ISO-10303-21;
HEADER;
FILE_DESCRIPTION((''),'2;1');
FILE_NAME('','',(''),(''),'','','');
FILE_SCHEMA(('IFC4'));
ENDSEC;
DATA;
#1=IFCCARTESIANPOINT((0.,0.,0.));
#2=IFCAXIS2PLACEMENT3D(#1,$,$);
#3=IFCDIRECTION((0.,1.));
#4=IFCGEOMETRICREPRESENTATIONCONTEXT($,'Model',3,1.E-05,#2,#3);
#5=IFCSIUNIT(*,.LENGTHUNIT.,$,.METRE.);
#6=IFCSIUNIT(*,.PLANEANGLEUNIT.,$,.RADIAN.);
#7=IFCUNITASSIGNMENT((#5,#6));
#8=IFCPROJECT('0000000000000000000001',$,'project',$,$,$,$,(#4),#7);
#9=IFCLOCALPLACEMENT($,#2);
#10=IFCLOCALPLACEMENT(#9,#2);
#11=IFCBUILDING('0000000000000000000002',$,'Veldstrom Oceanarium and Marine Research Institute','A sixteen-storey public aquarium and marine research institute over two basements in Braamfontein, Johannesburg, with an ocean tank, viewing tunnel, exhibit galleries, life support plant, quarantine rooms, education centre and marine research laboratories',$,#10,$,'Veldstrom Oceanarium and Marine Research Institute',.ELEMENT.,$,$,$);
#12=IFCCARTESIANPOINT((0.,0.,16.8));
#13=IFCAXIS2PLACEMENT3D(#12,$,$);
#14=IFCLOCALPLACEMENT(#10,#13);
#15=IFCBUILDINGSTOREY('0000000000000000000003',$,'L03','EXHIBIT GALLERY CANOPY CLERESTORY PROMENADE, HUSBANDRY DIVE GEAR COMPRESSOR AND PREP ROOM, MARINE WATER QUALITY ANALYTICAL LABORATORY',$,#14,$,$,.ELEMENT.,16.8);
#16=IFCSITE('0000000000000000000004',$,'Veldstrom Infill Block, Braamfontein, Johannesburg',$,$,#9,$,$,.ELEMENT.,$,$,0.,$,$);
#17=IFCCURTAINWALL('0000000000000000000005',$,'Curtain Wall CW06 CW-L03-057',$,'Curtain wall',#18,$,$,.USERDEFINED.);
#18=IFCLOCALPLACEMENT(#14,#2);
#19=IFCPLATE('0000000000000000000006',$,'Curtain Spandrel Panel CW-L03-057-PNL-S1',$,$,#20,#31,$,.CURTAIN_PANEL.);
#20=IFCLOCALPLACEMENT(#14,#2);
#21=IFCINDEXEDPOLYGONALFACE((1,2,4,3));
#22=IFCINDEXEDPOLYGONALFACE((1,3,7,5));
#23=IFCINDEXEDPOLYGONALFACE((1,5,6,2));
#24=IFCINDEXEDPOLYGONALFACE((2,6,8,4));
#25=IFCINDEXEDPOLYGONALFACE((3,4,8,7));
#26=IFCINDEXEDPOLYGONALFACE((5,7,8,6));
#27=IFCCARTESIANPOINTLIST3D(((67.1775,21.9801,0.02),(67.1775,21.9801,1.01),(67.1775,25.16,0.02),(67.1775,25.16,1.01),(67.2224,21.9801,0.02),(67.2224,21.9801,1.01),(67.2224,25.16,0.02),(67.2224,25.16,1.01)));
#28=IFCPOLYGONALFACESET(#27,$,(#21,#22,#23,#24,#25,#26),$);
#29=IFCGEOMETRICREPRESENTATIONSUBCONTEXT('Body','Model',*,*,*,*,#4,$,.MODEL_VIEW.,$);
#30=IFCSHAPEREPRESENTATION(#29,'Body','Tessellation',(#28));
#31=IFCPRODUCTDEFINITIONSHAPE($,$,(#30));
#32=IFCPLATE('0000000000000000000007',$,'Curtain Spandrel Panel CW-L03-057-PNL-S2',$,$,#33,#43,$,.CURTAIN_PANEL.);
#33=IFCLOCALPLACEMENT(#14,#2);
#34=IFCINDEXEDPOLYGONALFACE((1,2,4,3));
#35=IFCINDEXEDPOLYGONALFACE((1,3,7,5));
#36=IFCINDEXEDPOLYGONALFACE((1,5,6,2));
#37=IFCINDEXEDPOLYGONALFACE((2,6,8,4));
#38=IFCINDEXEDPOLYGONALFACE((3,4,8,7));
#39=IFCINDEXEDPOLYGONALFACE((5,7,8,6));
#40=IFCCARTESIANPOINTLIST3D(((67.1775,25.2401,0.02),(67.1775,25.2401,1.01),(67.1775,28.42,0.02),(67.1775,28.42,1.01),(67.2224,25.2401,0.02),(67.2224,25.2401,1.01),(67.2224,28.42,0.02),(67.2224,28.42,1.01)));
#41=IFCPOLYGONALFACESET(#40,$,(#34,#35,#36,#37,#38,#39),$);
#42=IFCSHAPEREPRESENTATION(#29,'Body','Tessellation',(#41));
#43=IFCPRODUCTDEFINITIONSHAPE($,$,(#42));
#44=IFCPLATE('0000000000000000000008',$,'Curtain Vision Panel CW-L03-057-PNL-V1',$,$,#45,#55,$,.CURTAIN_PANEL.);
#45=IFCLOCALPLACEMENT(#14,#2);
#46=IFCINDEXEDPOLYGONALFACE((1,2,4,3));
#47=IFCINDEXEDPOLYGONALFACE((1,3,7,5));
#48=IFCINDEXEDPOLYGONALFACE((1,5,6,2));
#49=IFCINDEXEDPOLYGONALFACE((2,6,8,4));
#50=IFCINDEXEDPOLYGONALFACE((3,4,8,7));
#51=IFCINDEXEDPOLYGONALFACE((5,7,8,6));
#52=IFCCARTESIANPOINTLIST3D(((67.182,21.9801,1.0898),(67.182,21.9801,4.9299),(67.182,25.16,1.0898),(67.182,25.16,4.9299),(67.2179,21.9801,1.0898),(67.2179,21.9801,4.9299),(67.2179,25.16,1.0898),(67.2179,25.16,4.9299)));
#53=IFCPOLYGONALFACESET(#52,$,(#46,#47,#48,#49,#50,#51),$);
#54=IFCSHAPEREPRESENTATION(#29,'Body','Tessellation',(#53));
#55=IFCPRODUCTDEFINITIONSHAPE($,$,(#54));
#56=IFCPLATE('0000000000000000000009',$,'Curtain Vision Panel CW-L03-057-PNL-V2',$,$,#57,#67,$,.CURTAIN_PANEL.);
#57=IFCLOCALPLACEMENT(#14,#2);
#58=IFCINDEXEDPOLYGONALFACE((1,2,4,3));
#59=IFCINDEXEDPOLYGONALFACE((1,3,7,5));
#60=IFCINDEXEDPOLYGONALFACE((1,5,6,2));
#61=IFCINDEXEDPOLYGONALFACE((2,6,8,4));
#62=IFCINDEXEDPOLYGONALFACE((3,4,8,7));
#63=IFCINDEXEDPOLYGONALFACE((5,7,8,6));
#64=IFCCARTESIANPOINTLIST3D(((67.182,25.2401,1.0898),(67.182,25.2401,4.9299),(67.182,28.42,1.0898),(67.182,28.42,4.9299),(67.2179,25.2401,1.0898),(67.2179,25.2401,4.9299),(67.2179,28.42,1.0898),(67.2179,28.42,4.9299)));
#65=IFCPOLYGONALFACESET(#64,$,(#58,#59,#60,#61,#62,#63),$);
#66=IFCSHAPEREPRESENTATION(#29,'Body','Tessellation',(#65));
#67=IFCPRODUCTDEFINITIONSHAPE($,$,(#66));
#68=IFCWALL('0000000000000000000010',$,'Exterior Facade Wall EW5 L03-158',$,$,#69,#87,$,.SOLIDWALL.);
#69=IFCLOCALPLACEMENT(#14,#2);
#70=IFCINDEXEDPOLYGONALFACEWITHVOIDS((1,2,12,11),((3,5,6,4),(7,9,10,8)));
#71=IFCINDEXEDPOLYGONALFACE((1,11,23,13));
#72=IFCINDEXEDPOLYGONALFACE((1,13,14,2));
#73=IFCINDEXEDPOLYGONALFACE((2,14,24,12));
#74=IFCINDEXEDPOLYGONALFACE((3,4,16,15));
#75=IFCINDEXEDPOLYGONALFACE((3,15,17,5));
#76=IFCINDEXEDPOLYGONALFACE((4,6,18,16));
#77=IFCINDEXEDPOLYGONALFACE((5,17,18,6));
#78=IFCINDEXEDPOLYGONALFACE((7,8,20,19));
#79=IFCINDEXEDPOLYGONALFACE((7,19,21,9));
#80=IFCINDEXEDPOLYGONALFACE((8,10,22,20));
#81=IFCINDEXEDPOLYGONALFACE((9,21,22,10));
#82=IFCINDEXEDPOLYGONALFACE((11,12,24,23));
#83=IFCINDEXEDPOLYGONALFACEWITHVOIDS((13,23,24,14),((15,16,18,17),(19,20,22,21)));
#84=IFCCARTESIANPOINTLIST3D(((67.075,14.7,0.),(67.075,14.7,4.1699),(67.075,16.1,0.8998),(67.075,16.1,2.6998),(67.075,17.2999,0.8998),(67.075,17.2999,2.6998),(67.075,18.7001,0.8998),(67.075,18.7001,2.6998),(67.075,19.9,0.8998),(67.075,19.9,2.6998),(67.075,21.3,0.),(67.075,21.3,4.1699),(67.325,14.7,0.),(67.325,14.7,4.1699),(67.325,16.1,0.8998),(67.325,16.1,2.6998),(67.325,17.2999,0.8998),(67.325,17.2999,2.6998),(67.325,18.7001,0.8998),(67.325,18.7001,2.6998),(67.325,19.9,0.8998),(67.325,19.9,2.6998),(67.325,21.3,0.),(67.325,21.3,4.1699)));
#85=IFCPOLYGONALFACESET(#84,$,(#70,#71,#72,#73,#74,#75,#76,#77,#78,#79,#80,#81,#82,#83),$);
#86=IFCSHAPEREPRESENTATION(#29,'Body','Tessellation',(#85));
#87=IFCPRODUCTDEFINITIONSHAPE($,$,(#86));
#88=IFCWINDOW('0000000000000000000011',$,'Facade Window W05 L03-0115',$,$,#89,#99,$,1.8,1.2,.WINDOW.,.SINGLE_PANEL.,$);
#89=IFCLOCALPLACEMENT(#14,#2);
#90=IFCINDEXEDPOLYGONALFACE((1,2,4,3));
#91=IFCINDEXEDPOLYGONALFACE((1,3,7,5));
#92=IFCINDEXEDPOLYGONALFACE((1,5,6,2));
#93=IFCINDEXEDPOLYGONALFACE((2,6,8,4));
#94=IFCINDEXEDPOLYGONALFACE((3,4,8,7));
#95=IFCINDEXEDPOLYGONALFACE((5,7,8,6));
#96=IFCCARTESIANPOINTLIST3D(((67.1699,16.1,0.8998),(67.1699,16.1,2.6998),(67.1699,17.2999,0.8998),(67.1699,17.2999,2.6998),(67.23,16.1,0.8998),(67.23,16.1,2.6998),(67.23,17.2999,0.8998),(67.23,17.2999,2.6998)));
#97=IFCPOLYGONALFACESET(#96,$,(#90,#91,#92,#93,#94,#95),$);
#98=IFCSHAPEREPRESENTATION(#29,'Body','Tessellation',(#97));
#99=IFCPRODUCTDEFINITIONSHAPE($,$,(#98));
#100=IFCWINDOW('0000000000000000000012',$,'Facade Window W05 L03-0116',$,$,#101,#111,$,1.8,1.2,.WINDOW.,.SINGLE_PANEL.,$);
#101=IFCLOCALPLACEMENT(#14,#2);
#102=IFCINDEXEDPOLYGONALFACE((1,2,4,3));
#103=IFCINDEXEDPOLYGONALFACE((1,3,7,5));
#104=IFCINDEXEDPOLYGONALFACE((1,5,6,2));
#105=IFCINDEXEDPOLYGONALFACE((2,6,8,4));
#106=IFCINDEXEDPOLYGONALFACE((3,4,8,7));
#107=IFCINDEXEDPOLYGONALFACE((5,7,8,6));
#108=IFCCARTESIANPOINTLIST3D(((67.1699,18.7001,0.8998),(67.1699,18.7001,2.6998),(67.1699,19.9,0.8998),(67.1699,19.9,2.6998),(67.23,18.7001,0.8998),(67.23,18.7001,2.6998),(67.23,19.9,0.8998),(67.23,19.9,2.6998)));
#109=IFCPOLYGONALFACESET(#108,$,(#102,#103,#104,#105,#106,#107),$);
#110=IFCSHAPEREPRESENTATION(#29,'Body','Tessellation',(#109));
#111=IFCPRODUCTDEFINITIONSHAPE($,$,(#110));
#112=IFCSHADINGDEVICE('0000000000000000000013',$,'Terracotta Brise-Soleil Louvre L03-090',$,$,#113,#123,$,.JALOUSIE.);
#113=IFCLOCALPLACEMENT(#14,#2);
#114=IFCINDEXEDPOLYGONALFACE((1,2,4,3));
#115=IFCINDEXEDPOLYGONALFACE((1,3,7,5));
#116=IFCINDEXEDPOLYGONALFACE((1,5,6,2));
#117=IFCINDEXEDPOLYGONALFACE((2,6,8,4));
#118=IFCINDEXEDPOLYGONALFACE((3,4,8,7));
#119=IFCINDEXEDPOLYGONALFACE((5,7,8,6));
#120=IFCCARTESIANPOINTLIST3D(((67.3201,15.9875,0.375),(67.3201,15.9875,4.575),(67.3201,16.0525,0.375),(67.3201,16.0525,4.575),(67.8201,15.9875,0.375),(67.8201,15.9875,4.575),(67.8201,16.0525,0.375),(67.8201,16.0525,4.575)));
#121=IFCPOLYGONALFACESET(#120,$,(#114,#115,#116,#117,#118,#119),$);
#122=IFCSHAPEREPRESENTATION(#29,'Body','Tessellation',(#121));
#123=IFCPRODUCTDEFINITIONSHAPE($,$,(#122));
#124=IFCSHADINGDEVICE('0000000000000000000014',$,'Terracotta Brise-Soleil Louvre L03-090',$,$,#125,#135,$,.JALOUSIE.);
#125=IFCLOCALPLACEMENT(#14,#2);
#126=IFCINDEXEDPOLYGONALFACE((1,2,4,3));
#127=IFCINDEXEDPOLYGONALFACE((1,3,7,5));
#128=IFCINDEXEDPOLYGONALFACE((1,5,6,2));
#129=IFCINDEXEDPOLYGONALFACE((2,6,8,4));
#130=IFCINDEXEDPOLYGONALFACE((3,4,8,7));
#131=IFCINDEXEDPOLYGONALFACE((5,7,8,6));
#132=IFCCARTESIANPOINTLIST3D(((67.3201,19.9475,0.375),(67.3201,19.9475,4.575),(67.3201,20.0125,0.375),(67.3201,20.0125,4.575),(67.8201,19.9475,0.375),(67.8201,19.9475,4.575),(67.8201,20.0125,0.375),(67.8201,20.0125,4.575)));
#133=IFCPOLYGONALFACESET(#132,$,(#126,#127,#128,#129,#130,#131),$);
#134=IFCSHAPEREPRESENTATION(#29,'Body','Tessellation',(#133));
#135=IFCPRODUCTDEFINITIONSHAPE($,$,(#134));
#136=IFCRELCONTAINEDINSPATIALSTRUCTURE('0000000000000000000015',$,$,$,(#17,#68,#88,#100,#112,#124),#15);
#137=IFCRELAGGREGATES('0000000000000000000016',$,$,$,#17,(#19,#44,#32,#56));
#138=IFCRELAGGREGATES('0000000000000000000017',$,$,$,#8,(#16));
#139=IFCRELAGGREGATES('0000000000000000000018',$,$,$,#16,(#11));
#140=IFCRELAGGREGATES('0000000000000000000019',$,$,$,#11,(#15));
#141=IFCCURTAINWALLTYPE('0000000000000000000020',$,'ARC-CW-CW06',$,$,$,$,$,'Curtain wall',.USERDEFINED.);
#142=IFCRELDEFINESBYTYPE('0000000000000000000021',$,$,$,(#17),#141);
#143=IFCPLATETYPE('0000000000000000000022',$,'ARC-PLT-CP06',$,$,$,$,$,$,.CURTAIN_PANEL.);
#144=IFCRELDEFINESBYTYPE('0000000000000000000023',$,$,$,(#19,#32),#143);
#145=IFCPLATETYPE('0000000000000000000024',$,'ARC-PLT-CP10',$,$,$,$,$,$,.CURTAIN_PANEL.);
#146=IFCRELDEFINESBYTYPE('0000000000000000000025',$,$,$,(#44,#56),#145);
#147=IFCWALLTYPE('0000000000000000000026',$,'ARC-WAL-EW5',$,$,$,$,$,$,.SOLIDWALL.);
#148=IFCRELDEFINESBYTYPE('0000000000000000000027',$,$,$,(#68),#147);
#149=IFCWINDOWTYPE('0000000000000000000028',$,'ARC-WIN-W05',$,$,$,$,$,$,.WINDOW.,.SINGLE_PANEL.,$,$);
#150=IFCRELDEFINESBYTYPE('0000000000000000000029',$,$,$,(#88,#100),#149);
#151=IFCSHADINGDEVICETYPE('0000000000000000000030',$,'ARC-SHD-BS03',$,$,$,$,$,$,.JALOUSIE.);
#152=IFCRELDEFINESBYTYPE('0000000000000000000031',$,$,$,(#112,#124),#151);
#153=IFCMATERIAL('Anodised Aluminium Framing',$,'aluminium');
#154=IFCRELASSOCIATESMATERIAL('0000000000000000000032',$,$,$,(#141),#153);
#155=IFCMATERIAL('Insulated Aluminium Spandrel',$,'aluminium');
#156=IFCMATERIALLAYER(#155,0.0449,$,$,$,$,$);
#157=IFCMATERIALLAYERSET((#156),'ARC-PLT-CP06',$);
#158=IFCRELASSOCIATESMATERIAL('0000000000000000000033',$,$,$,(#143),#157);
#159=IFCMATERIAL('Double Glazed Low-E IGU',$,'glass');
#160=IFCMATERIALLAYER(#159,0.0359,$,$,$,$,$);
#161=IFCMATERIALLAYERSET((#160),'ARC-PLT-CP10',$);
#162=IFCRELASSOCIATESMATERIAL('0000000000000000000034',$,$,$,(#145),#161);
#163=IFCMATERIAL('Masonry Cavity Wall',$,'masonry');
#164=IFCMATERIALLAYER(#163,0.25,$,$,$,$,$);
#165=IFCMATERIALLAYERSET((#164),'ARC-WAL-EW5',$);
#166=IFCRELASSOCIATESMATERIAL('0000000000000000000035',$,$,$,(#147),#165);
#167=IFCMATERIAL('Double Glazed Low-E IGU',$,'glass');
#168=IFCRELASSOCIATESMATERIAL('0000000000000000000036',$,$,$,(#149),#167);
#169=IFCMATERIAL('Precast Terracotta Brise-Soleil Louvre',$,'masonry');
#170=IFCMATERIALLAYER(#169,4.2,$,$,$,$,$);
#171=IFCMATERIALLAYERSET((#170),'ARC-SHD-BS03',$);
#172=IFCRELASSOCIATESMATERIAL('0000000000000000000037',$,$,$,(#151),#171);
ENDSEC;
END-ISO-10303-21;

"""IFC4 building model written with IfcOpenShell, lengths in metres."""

from ifc_helpers import new_model, si_unit, direction, frame, frame_2d, origin, origin_2d, place, context, subcontext, project, spatial, rectangle, extrude, material, layer, layer_set, type_object, element, fill, aggregate, save


model = new_model("IFC4")

# Units and contexts
model_context = context("Model", 3, precision=1e-05, world=origin(), true_north=direction((0.0, 1.0)))
body_context = subcontext(model_context, "Body", "Model", "MODEL_VIEW")
ifc_project = project(units=[si_unit("LENGTHUNIT", "METRE"), si_unit("PLANEANGLEUNIT", "RADIAN")], contexts=[model_context])

# Site, building, storey
site_placement = place(None, origin())
site = spatial("IfcSite", under=ifc_project, at=site_placement, Name="Veldstrom Infill Block, Braamfontein, Johannesburg", CompositionType="ELEMENT", RefElevation=0.0)
building_placement = place(site_placement, origin())
building = spatial("IfcBuilding", under=site, at=building_placement, Name="Veldstrom Oceanarium and Marine Research Institute", Description="A sixteen-storey public aquarium and marine research institute over two basements in Braamfontein, Johannesburg, with an ocean tank, viewing tunnel, exhibit galleries, life support plant, quarantine rooms, education centre and marine research laboratories", LongName="Veldstrom Oceanarium and Marine Research Institute", CompositionType="ELEMENT")
storey_placement = place(building_placement, frame((0.0, 0.0, 16.8)))
storey = spatial("IfcBuildingStorey", under=building, at=storey_placement, Name="L03", Description="EXHIBIT GALLERY CANOPY CLERESTORY PROMENADE, HUSBANDRY DIVE GEAR COMPRESSOR AND PREP ROOM, MARINE WATER QUALITY ANALYTICAL LABORATORY", CompositionType="ELEMENT", Elevation=16.8)

# Shared definitions
ifc_material_1 = material(Name="Anodised Aluminium Framing", Category="aluminium")
curtain_wall_type = type_object("IfcCurtainWallType", Name="ARC-CW-CW06", ElementType="Curtain wall", PredefinedType="USERDEFINED", material=ifc_material_1)

# Curtain wall
curtain_wall_1_placement = place(storey_placement, origin())
curtain_wall_1 = element("IfcCurtainWall", 1, at=curtain_wall_1_placement, inside=storey, type_object=curtain_wall_type, Name="Curtain Wall CW06 CW-L03-057", ObjectType="Curtain wall", PredefinedType="USERDEFINED")

# Plates
ifc_material_2 = material(Name="Insulated Aluminium Spandrel", Category="aluminium")
ifc_layer_1 = layer(ifc_material_2, 0.0449)
ifc_layer_set_1 = layer_set([ifc_layer_1], Name="ARC-PLT-CP06")
plate_type_1 = type_object("IfcPlateType", Name="ARC-PLT-CP06", PredefinedType="CURTAIN_PANEL", material=ifc_layer_set_1)
plate_1_placement = place(storey_placement, frame((67.2, 23.5701, 0.02), z_axis=(0.0, 0.0, 1.0), x_axis=(0.0, 1.0, 0.0)))
plate_1 = element("IfcPlate", 2, at=plate_1_placement, type_object=plate_type_1, Name="Curtain Spandrel Panel CW-L03-057-PNL-S1", PredefinedType="CURTAIN_PANEL", context=body_context, shape_type="SweptSolid", body=[
    extrude(rectangle(XDim=3.1799, YDim=0.0449, at=origin_2d()), origin(), (0.0, 0.0, 1.0), 0.99),
])
plate_2_placement = place(storey_placement, frame((67.2, 26.8301, 0.02), z_axis=(0.0, 0.0, 1.0), x_axis=(0.0, 1.0, 0.0)))
plate_2 = element("IfcPlate", 3, at=plate_2_placement, type_object=plate_type_1, Name="Curtain Spandrel Panel CW-L03-057-PNL-S2", PredefinedType="CURTAIN_PANEL", context=body_context, shape_type="SweptSolid", body=[
    extrude(rectangle(XDim=3.1799, YDim=0.0449, at=origin_2d()), origin(), (0.0, 0.0, 1.0), 0.99),
])
ifc_material_3 = material(Name="Double Glazed Low-E IGU", Category="glass")
ifc_layer_2 = layer(ifc_material_3, 0.0359)
ifc_layer_set_2 = layer_set([ifc_layer_2], Name="ARC-PLT-CP10")
plate_type_2 = type_object("IfcPlateType", Name="ARC-PLT-CP10", PredefinedType="CURTAIN_PANEL", material=ifc_layer_set_2)
plate_3_placement = place(storey_placement, frame((67.2, 23.5701, 1.0898), z_axis=(0.0, 0.0, 1.0), x_axis=(0.0, 1.0, 0.0)))
plate_3 = element("IfcPlate", 4, at=plate_3_placement, type_object=plate_type_2, Name="Curtain Vision Panel CW-L03-057-PNL-V1", PredefinedType="CURTAIN_PANEL", context=body_context, shape_type="SweptSolid", body=[
    extrude(rectangle(XDim=3.1799, YDim=0.0359, at=origin_2d()), origin(), (0.0, 0.0, 1.0), 3.8401),
])
plate_4_placement = place(storey_placement, frame((67.2, 26.8301, 1.0898), z_axis=(0.0, 0.0, 1.0), x_axis=(0.0, 1.0, 0.0)))
plate_4 = element("IfcPlate", 5, at=plate_4_placement, type_object=plate_type_2, Name="Curtain Vision Panel CW-L03-057-PNL-V2", PredefinedType="CURTAIN_PANEL", context=body_context, shape_type="SweptSolid", body=[
    extrude(rectangle(XDim=3.1799, YDim=0.0359, at=origin_2d()), origin(), (0.0, 0.0, 1.0), 3.8401),
])
aggregate(curtain_wall_1, [plate_1, plate_3, plate_2, plate_4])

# Wall, openings, windows
ifc_material_4 = material(Name="Masonry Cavity Wall", Category="masonry")
ifc_layer_3 = layer(ifc_material_4, 0.25)
ifc_layer_set_3 = layer_set([ifc_layer_3], Name="ARC-WAL-EW5")
wall_type = type_object("IfcWallType", Name="ARC-WAL-EW5", PredefinedType="SOLIDWALL", material=ifc_layer_set_3)
wall_placement = place(storey_placement, frame((67.2, 14.7, 0.0), z_axis=(0.0, 0.0, 1.0), x_axis=(0.0, 1.0, 0.0)))
wall = element("IfcWall", 6, at=wall_placement, inside=storey, type_object=wall_type, Name="Exterior Facade Wall EW5 L03-158", PredefinedType="SOLIDWALL", context=body_context, shape_type="SweptSolid", body=[
    extrude(rectangle(XDim=6.6001, YDim=0.25, at=frame_2d((3.3, 0.0))), origin(), (0.0, 0.0, 1.0), 4.1699),
])
opening_1_placement = place(wall_placement, frame((1.3999, 0.0, 0.8999)))
opening_1 = element("IfcOpeningElement", 7, at=opening_1_placement, cuts=wall, PredefinedType="OPENING", context=body_context, shape_type="SweptSolid", body=[
    extrude(rectangle(XDim=1.2, YDim=1.8, at=frame_2d((0.6001, 0.8999))), frame((0.0, 0.135, 0.0), z_axis=(0.0, -1.0, 0.0), x_axis=(1.0, 0.0, 0.0)), (0.0, 0.0, 1.0), 0.27),
])
opening_2_placement = place(wall_placement, frame((4.0, 0.0, 0.8999)))
opening_2 = element("IfcOpeningElement", 8, at=opening_2_placement, cuts=wall, PredefinedType="OPENING", context=body_context, shape_type="SweptSolid", body=[
    extrude(rectangle(XDim=1.2, YDim=1.8, at=frame_2d((0.6001, 0.8999))), frame((0.0, 0.135, 0.0), z_axis=(0.0, -1.0, 0.0), x_axis=(1.0, 0.0, 0.0)), (0.0, 0.0, 1.0), 0.27),
])
ifc_material_5 = material(Name="Double Glazed Low-E IGU", Category="glass")
window_type = type_object("IfcWindowType", Name="ARC-WIN-W05", PartitioningType="SINGLE_PANEL", PredefinedType="WINDOW", material=ifc_material_5)
window_1_placement = place(opening_1_placement, origin())
window_1 = element("IfcWindow", 9, at=window_1_placement, inside=storey, type_object=window_type, Name="Facade Window W05 L03-0115", OverallHeight=1.8, OverallWidth=1.2, PartitioningType="SINGLE_PANEL", PredefinedType="WINDOW", context=body_context, shape_type="SweptSolid", body=[
    extrude(rectangle(XDim=1.2, YDim=1.8, at=frame_2d((0.6001, 0.8999))), frame((0.0, 0.03, 0.0), z_axis=(0.0, -1.0, 0.0), x_axis=(1.0, 0.0, 0.0)), (0.0, 0.0, 1.0), 0.0601),
])
fill(opening_1, window_1)
window_2_placement = place(opening_2_placement, origin())
window_2 = element("IfcWindow", 10, at=window_2_placement, inside=storey, type_object=window_type, Name="Facade Window W05 L03-0116", OverallHeight=1.8, OverallWidth=1.2, PartitioningType="SINGLE_PANEL", PredefinedType="WINDOW", context=body_context, shape_type="SweptSolid", body=[
    extrude(rectangle(XDim=1.2, YDim=1.8, at=frame_2d((0.6001, 0.8999))), frame((0.0, 0.03, 0.0), z_axis=(0.0, -1.0, 0.0), x_axis=(1.0, 0.0, 0.0)), (0.0, 0.0, 1.0), 0.0601),
])
fill(opening_2, window_2)

# Shading devices
ifc_material_6 = material(Name="Precast Terracotta Brise-Soleil Louvre", Category="masonry")
ifc_layer_4 = layer(ifc_material_6, 4.2)
ifc_layer_set_4 = layer_set([ifc_layer_4], Name="ARC-SHD-BS03")
shading_device_type = type_object("IfcShadingDeviceType", Name="ARC-SHD-BS03", PredefinedType="JALOUSIE", material=ifc_layer_set_4)
for number, where, z_axis, x_axis, name in (
    (11, (67.5701, 16.02, 0.375), (0.0, 0.0, 1.0), (1.0, 0.0, 0.0), "Terracotta Brise-Soleil Louvre L03-090"),
    (12, (67.5701, 19.98, 0.375), (0.0, 0.0, 1.0), (1.0, 0.0, 0.0), "Terracotta Brise-Soleil Louvre L03-090"),
):
    element("IfcShadingDevice", number, at=place(storey_placement, frame(where, z_axis=z_axis, x_axis=x_axis)), inside=storey, type_object=shading_device_type, Name=name, PredefinedType="JALOUSIE", context=body_context, shape_type="SweptSolid", body=[
        extrude(rectangle(XDim=0.5, YDim=0.0649, at=origin_2d()), origin(), (0.0, 0.0, 1.0), 4.2),
    ])

save(model, "model.ifc")
